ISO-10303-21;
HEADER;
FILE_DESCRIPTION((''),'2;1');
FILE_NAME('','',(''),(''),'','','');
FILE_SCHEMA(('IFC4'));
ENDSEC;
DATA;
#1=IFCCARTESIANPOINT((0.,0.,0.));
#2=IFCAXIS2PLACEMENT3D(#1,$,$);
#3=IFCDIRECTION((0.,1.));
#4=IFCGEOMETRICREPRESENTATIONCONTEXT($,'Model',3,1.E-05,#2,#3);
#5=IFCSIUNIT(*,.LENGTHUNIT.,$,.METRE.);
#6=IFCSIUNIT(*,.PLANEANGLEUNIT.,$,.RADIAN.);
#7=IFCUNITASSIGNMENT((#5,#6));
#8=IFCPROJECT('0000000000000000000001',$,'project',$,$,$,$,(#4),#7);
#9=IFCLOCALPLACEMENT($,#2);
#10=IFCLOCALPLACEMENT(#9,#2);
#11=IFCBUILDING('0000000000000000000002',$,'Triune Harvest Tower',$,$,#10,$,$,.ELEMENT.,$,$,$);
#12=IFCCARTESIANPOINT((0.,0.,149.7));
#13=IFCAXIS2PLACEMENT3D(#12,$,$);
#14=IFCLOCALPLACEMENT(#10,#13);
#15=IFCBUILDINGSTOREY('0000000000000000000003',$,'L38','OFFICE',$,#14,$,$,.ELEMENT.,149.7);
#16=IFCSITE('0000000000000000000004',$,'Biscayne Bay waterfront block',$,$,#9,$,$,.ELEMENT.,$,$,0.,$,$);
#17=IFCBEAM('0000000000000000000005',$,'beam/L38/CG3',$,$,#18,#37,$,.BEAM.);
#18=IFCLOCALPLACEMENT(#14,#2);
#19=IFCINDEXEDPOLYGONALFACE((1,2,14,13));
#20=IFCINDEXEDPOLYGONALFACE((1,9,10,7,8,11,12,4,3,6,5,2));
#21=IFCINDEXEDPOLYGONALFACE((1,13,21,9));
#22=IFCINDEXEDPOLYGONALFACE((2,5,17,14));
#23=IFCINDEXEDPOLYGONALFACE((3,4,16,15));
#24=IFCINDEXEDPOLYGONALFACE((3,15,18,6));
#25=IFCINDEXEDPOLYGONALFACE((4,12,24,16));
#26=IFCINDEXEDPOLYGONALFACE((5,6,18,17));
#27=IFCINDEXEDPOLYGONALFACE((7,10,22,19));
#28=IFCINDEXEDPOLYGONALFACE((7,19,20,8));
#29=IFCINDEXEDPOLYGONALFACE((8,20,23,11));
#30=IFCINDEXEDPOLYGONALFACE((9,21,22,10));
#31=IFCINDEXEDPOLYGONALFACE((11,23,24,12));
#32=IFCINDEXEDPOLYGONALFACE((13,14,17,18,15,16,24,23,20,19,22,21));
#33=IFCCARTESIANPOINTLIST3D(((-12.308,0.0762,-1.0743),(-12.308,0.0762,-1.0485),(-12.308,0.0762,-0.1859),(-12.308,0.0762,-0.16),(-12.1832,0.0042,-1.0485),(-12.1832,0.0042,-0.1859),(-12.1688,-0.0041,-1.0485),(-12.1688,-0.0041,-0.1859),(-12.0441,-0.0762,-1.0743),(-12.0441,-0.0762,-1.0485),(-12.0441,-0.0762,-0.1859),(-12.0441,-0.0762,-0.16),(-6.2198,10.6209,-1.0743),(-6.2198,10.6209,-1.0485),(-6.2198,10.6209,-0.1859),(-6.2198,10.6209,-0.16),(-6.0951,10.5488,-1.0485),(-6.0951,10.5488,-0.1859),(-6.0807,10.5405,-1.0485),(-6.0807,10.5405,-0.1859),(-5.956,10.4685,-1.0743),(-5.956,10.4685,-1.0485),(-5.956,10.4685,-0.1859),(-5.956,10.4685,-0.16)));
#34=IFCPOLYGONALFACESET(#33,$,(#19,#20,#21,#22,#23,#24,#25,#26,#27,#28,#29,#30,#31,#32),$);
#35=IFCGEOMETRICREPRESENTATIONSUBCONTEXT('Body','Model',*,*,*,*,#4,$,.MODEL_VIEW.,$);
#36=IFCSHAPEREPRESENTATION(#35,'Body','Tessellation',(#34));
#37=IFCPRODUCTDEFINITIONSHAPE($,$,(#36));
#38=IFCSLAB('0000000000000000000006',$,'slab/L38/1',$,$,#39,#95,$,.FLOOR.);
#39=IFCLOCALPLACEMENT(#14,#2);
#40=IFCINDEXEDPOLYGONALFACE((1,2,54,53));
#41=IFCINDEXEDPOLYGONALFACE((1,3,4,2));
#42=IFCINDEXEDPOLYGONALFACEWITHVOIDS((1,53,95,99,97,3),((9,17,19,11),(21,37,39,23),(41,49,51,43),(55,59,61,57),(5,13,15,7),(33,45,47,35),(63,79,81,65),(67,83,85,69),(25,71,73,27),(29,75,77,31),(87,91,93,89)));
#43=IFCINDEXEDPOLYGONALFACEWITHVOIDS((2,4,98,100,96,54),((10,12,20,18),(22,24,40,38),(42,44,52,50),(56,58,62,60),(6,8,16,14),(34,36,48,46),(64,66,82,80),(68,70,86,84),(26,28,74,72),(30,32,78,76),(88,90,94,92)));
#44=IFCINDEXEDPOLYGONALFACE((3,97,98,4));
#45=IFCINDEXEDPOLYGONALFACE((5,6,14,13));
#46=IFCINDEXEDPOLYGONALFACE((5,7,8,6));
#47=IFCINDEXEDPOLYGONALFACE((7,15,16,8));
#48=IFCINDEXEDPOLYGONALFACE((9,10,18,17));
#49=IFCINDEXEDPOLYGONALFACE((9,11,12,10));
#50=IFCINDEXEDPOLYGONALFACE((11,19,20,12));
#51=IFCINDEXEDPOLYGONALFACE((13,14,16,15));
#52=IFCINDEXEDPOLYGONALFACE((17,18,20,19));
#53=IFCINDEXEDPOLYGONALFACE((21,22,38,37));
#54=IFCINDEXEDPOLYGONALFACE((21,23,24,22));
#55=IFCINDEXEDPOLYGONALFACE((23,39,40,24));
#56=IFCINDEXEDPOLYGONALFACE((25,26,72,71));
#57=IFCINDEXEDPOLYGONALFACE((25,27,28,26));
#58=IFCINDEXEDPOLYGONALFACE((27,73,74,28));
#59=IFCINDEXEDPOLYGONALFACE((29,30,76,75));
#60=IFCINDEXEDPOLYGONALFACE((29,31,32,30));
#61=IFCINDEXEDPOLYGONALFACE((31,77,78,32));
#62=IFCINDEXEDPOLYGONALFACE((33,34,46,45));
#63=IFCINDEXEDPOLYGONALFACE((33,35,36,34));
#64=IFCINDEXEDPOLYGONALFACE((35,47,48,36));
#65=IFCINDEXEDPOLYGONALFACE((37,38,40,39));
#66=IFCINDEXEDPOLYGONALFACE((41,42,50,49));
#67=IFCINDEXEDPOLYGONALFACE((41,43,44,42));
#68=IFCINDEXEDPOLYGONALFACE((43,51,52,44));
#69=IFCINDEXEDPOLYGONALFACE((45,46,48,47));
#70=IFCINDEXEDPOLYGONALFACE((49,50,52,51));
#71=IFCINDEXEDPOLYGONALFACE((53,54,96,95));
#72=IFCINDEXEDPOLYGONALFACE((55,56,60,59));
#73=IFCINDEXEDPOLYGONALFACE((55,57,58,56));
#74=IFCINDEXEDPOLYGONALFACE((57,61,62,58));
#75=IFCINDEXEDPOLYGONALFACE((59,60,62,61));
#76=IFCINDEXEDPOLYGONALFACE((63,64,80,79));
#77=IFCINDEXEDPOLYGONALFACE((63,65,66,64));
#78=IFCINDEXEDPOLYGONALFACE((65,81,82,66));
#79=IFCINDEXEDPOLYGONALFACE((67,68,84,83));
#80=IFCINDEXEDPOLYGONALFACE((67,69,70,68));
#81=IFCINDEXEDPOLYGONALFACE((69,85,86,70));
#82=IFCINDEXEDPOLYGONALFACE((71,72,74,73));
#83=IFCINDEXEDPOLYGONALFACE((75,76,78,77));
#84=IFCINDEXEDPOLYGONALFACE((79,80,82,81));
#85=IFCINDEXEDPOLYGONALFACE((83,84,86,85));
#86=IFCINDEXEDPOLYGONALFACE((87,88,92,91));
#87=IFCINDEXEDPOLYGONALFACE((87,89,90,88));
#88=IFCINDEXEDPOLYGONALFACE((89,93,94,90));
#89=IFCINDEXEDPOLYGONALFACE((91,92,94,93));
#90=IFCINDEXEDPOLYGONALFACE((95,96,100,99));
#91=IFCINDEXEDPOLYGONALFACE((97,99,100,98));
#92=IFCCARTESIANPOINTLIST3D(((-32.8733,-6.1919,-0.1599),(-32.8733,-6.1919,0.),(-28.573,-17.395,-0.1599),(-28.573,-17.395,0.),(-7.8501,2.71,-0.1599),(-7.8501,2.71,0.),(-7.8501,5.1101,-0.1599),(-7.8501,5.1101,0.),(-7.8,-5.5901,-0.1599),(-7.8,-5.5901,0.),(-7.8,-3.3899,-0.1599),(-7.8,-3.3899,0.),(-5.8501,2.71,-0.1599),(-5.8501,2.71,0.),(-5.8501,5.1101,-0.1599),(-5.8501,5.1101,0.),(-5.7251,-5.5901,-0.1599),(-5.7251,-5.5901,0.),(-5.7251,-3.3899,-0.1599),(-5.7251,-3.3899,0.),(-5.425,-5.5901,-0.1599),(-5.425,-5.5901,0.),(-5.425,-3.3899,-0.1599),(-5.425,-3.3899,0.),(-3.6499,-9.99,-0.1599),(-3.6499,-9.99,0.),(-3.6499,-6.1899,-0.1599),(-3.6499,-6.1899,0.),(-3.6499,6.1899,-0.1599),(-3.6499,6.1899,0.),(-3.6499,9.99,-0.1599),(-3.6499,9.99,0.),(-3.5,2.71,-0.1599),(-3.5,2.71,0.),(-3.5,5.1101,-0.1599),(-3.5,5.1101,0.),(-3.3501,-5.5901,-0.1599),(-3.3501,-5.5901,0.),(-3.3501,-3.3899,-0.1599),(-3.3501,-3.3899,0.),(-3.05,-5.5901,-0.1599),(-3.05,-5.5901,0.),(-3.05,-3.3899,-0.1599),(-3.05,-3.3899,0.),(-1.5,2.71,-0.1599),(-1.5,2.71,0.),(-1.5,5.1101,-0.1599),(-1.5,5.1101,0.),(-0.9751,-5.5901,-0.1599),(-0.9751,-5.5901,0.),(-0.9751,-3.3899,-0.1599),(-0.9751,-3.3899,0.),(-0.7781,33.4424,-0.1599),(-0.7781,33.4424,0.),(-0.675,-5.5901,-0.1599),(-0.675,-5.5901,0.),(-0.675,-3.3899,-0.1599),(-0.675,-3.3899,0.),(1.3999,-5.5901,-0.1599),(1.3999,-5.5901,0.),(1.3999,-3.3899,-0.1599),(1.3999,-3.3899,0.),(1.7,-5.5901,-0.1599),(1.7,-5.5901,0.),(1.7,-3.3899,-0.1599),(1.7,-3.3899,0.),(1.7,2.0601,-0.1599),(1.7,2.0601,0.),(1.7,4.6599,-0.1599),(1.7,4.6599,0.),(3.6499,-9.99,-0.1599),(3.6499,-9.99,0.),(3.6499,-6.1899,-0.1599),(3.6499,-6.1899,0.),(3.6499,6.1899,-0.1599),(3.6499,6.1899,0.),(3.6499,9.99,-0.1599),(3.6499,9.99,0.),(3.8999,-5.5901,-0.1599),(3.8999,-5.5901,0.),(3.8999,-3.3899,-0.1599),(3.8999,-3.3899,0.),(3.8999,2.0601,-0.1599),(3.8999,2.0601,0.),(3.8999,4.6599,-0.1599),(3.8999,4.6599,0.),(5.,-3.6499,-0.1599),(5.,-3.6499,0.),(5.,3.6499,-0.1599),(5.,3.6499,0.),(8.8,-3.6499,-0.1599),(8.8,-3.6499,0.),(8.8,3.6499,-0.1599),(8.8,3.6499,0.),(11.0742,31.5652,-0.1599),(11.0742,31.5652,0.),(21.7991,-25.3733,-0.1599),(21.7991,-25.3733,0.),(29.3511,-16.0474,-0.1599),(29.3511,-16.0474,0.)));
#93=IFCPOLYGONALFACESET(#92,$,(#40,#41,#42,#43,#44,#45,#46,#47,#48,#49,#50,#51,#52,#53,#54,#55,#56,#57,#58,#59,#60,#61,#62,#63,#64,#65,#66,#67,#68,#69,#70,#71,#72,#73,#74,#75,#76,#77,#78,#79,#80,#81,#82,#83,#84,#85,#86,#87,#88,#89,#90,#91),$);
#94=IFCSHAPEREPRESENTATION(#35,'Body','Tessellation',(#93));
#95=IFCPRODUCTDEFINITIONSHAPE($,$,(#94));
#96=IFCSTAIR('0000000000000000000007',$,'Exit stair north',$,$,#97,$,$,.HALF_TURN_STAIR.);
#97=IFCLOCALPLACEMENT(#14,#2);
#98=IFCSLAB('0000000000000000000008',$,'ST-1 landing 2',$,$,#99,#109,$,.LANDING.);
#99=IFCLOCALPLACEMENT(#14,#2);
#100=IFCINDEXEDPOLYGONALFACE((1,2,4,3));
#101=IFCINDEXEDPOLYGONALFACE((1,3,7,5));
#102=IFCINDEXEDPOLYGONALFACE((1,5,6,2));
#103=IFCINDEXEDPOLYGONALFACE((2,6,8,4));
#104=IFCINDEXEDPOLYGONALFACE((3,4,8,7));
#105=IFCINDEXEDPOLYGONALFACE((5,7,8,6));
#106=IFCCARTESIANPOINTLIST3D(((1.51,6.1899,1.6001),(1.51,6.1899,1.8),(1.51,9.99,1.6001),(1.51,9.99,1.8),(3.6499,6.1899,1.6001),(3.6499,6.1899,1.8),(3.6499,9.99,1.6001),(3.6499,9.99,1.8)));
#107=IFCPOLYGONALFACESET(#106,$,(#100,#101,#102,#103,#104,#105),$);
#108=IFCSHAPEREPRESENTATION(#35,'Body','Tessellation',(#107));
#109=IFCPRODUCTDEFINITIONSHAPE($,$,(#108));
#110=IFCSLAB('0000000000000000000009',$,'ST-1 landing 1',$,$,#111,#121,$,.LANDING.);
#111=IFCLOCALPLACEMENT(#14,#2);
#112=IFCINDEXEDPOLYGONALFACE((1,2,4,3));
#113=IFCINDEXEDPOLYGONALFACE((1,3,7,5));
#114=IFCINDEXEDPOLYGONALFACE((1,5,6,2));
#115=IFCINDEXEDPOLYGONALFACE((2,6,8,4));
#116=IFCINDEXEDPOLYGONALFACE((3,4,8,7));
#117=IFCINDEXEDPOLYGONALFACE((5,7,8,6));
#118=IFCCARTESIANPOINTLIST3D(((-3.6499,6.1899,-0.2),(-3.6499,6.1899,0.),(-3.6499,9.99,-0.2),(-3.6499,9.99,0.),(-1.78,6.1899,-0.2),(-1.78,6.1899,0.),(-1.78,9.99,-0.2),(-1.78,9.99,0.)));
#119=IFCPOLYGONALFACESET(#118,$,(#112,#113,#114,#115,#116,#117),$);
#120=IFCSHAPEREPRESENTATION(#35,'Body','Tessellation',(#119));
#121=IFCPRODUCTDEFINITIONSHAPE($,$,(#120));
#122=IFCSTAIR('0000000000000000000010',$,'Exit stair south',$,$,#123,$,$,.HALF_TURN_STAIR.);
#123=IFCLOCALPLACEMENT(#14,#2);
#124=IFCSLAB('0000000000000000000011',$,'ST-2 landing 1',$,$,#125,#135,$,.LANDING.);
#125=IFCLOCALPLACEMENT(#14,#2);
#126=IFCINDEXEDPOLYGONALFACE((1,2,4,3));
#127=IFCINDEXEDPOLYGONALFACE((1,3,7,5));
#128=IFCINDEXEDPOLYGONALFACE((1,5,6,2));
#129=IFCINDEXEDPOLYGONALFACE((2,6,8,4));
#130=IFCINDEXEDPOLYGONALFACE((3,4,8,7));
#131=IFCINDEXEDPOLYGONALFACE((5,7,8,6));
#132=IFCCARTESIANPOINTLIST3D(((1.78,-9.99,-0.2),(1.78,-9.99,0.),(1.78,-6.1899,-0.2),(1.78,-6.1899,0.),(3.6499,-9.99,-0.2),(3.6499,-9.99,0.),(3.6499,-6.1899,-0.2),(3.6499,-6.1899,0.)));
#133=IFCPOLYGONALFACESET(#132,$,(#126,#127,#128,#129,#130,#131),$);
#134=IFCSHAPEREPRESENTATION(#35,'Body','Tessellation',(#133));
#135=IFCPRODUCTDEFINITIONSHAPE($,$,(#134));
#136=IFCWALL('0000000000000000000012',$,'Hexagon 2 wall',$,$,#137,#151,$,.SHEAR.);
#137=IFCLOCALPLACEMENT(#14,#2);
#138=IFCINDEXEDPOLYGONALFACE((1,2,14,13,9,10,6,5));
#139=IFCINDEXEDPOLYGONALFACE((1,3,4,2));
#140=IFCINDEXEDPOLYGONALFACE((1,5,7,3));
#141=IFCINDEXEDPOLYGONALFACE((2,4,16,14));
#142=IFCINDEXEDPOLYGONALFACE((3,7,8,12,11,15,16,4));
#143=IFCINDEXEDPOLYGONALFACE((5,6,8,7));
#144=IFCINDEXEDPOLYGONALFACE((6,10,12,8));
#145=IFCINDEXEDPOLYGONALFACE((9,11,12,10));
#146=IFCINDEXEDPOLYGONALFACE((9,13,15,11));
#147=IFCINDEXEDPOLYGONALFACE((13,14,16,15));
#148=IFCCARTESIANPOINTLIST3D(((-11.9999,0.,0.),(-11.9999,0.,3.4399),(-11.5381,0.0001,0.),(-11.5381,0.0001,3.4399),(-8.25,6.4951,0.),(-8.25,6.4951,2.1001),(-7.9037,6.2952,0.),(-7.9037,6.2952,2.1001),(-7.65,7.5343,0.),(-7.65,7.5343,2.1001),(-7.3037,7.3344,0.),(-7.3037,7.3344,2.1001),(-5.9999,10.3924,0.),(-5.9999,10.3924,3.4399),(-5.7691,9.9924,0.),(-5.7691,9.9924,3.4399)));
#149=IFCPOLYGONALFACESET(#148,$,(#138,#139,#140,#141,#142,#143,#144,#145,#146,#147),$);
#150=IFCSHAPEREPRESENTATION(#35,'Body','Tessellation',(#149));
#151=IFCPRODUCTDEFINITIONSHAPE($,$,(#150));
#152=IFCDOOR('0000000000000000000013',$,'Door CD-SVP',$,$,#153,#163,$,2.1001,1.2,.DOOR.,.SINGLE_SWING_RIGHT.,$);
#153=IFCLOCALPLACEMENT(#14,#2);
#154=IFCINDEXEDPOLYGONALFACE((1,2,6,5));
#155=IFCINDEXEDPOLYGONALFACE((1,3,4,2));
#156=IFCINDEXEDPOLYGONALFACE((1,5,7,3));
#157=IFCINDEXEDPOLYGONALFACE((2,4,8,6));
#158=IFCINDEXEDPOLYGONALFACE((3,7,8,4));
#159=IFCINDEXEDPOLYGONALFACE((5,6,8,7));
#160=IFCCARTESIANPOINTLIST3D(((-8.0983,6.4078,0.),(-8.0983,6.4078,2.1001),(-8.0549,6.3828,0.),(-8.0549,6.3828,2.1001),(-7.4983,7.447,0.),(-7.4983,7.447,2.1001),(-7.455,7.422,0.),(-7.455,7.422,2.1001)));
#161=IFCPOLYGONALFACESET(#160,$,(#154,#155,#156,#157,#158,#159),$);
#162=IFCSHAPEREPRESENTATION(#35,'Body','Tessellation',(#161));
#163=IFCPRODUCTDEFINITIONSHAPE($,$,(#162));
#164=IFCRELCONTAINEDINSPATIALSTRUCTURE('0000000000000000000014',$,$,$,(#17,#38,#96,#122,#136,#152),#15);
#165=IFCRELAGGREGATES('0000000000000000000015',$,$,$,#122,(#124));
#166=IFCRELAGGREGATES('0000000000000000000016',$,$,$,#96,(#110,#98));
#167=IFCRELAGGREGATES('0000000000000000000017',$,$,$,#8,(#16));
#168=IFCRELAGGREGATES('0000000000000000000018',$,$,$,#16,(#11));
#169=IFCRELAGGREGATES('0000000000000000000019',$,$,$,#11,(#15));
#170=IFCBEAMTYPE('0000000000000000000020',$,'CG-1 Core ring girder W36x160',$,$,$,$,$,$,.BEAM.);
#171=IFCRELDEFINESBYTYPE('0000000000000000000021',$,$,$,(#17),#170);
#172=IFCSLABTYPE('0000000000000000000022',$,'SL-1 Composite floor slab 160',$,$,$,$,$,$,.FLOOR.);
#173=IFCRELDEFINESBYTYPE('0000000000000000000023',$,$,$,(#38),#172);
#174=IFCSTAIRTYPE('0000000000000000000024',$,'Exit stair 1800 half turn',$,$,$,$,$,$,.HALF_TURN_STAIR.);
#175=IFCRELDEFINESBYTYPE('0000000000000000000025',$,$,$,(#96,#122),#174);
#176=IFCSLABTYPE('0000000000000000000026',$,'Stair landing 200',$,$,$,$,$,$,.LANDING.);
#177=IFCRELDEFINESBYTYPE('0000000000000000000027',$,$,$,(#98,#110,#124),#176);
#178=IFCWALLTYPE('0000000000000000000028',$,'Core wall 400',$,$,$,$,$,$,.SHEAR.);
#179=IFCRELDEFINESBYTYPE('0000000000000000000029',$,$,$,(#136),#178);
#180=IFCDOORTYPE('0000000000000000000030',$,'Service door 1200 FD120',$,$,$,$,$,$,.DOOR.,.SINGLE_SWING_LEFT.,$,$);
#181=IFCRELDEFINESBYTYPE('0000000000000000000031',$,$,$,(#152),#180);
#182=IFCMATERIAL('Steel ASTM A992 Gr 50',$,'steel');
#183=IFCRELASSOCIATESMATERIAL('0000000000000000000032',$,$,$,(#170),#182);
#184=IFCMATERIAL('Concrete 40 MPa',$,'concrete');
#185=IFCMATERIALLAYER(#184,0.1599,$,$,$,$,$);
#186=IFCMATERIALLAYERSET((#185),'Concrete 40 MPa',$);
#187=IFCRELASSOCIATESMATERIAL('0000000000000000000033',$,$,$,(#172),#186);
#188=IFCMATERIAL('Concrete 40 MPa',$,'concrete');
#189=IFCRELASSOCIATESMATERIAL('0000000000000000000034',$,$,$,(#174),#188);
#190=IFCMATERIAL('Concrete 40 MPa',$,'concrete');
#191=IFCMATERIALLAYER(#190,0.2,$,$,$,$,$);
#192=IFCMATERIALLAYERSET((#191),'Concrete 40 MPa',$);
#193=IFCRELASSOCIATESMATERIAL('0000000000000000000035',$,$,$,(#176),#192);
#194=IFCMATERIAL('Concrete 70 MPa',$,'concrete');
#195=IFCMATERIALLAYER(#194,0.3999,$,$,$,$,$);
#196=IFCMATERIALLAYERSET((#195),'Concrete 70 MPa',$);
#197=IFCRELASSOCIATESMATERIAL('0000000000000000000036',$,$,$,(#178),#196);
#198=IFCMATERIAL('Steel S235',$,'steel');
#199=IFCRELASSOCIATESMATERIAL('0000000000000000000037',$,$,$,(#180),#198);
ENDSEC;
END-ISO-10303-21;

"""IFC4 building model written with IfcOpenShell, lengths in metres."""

from ifc_helpers import new_model, si_unit, direction, frame, frame_2d, origin, origin_2d, place, context, subcontext, project, spatial, polyline, rectangle, i_section, outline, extrude, source, transform, mapped, material, layer, layer_set, material_profile, profile_set, type_object, element, fill, aggregate, save


model = new_model("IFC4")

# Units and contexts
model_context = context("Model", 3, precision=1e-05, world=origin(), true_north=direction((0.0, 1.0)))
body_context = subcontext(model_context, "Body", "Model", "MODEL_VIEW")
ifc_project = project(units=[si_unit("LENGTHUNIT", "METRE"), si_unit("PLANEANGLEUNIT", "RADIAN")], contexts=[model_context])

# Site, building, storey
site_placement = place(None, origin())
site = spatial("IfcSite", under=ifc_project, at=site_placement, Name="Biscayne Bay waterfront block", CompositionType="ELEMENT", RefElevation=0.0)
building_placement = place(site_placement, origin())
building = spatial("IfcBuilding", under=site, at=building_placement, Name="Triune Harvest Tower", CompositionType="ELEMENT")
storey_placement = place(building_placement, frame((0.0, 0.0, 149.7)))
storey = spatial("IfcBuildingStorey", under=building, at=storey_placement, Name="L38", Description="OFFICE", CompositionType="ELEMENT", Elevation=149.7)

# Beam
ifc_material_1 = material(Name="Steel ASTM A992 Gr 50", Category="steel")
ifc_material_profile = material_profile(ifc_material_1, i_section(OverallWidth=0.3047, OverallDepth=0.9143, WebThickness=0.0166, FlangeThickness=0.0259, at=origin_2d()), Name="W36x160")
ifc_profile_set = profile_set([ifc_material_profile], Name="Steel ASTM A992 Gr 50")
beam_type = type_object("IfcBeamType", Name="CG-1 Core ring girder W36x160", PredefinedType="BEAM", material=ifc_profile_set)
shared_shape_1 = source(origin(), body_context, "Body", "SweptSolid", [
    extrude(i_section(OverallWidth=0.3047, OverallDepth=0.9143, WebThickness=0.0166, FlangeThickness=0.0259, at=origin_2d()), origin(), (0.0, 0.0, 1.0), 12.176),
])
beam_placement = place(storey_placement, frame((-6.0879, 10.5447, -0.6172), z_axis=(-0.50001, -0.86602, 0.0), x_axis=(0.86602, -0.50001, 0.0)))
element("IfcBeam", 1, at=beam_placement, inside=storey, type_object=beam_type, Name="beam/L38/CG3", PredefinedType="BEAM", context=body_context, shape_type="MappedRepresentation", body=[
    mapped(shared_shape_1, transform((0.0, 0.0, 0.0), scale=1.0)),
])

# Slab
ifc_material_2 = material(Name="Concrete 40 MPa", Category="concrete")
ifc_layer_1 = layer(ifc_material_2, 0.1599)
ifc_layer_set_1 = layer_set([ifc_layer_1], Name="Concrete 40 MPa")
slab_type_1 = type_object("IfcSlabType", Name="SL-1 Composite floor slab 160", PredefinedType="FLOOR", material=ifc_layer_set_1)
shared_shape_2 = source(origin(), body_context, "Body", "SweptSolid", [
    extrude(outline(polyline([(29.3511, -16.0474), (11.0742, 31.5652), (-0.7781, 33.4424), (-32.8733, -6.1919), (-28.573, -17.395), (21.7991, -25.3733), (29.3511, -16.0474)]), holes=[polyline([(-5.7251, -5.5901), (-5.7251, -3.3899), (-7.8, -3.3899), (-7.8, -5.5901), (-5.7251, -5.5901)]), polyline([(-3.3501, -5.5901), (-3.3501, -3.3899), (-5.425, -3.3899), (-5.425, -5.5901), (-3.3501, -5.5901)]), polyline([(-0.9751, -5.5901), (-0.9751, -3.3899), (-3.05, -3.3899), (-3.05, -5.5901), (-0.9751, -5.5901)]), polyline([(1.3999, -5.5901), (1.3999, -3.3899), (-0.675, -3.3899), (-0.675, -5.5901), (1.3999, -5.5901)]), polyline([(3.8999, 2.0601), (3.8999, 4.6599), (1.7, 4.6599), (1.7, 2.0601), (3.8999, 2.0601)]), polyline([(3.8999, -5.5901), (3.8999, -3.3899), (1.7, -3.3899), (1.7, -5.5901), (3.8999, -5.5901)]), polyline([(-5.8501, 2.71), (-5.8501, 5.1101), (-7.8501, 5.1101), (-7.8501, 2.71), (-5.8501, 2.71)]), polyline([(-1.5, 2.71), (-1.5, 5.1101), (-3.5, 5.1101), (-3.5, 2.71), (-1.5, 2.71)]), polyline([(3.6499, 6.1899), (3.6499, 9.99), (-3.6499, 9.99), (-3.6499, 6.1899), (3.6499, 6.1899)]), polyline([(3.6499, -9.99), (3.6499, -6.1899), (-3.6499, -6.1899), (-3.6499, -9.99), (3.6499, -9.99)]), polyline([(8.8, -3.6499), (8.8, 3.6499), (5.0, 3.6499), (5.0, -3.6499), (8.8, -3.6499)])]), origin(), (0.0, 0.0, 1.0), 0.1599),
])
slab_1_placement = place(storey_placement, frame((0.0, 0.0, -0.1599)))
element("IfcSlab", 2, at=slab_1_placement, inside=storey, type_object=slab_type_1, Name="slab/L38/1", PredefinedType="FLOOR", context=body_context, shape_type="MappedRepresentation", body=[
    mapped(shared_shape_2, transform((0.0, 0.0, 0.0), scale=1.0)),
])

# Stair, slabs
ifc_material_3 = material(Name="Concrete 40 MPa", Category="concrete")
stair_type = type_object("IfcStairType", Name="Exit stair 1800 half turn", PredefinedType="HALF_TURN_STAIR", material=ifc_material_3)
stair_1_placement = place(storey_placement, origin())
stair_1 = element("IfcStair", 3, at=stair_1_placement, inside=storey, type_object=stair_type, Name="Exit stair north", PredefinedType="HALF_TURN_STAIR")
ifc_material_4 = material(Name="Concrete 40 MPa", Category="concrete")
ifc_layer_2 = layer(ifc_material_4, 0.2)
ifc_layer_set_2 = layer_set([ifc_layer_2], Name="Concrete 40 MPa")
slab_type_2 = type_object("IfcSlabType", Name="Stair landing 200", PredefinedType="LANDING", material=ifc_layer_set_2)
shared_shape_3 = source(origin(), body_context, "Body", "SweptSolid", [
    extrude(outline(polyline([(1.51, 6.1899), (3.6499, 6.1899), (3.6499, 9.99), (1.51, 9.99), (1.51, 6.1899)])), origin(), (0.0, 0.0, 1.0), 0.2),
])
slab_2_placement = place(storey_placement, frame((0.0, 0.0, 1.6001)))
slab_2 = element("IfcSlab", 4, at=slab_2_placement, type_object=slab_type_2, Name="ST-1 landing 2", PredefinedType="LANDING", context=body_context, shape_type="MappedRepresentation", body=[
    mapped(shared_shape_3, transform((0.0, 0.0, 0.0), scale=1.0)),
])
shared_shape_4 = source(origin(), body_context, "Body", "SweptSolid", [
    extrude(outline(polyline([(-3.6499, 6.1899), (-1.78, 6.1899), (-1.78, 9.99), (-3.6499, 9.99), (-3.6499, 6.1899)])), origin(), (0.0, 0.0, 1.0), 0.2),
])
slab_3_placement = place(storey_placement, frame((0.0, 0.0, -0.2)))
slab_3 = element("IfcSlab", 5, at=slab_3_placement, type_object=slab_type_2, Name="ST-1 landing 1", PredefinedType="LANDING", context=body_context, shape_type="MappedRepresentation", body=[
    mapped(shared_shape_4, transform((0.0, 0.0, 0.0), scale=1.0)),
])

# Stair, slab
stair_2_placement = place(storey_placement, origin())
stair_2 = element("IfcStair", 6, at=stair_2_placement, inside=storey, type_object=stair_type, Name="Exit stair south", PredefinedType="HALF_TURN_STAIR")
shared_shape_5 = source(origin(), body_context, "Body", "SweptSolid", [
    extrude(outline(polyline([(3.6499, -6.1899), (1.78, -6.1899), (1.78, -9.99), (3.6499, -9.99), (3.6499, -6.1899)])), origin(), (0.0, 0.0, 1.0), 0.2),
])
slab_4_placement = place(storey_placement, frame((0.0, 0.0, -0.2)))
slab_4 = element("IfcSlab", 7, at=slab_4_placement, type_object=slab_type_2, Name="ST-2 landing 1", PredefinedType="LANDING", context=body_context, shape_type="MappedRepresentation", body=[
    mapped(shared_shape_5, transform((0.0, 0.0, 0.0), scale=1.0)),
])
aggregate(stair_2, [slab_4])

# Wall, opening, door
ifc_material_5 = material(Name="Concrete 70 MPa", Category="concrete")
ifc_layer_3 = layer(ifc_material_5, 0.3999)
ifc_layer_set_3 = layer_set([ifc_layer_3], Name="Concrete 70 MPa")
wall_type_1 = type_object("IfcWallType", Name="Core wall 400", PredefinedType="SHEAR", material=ifc_layer_set_3)
shared_shape_6 = source(origin(), body_context, "Body", "SweptSolid", [
    extrude(outline(polyline([(-0.1155, -0.2), (11.8845, -0.2), (11.6536, 0.2), (0.1155, 0.2), (-0.1155, -0.2)])), origin(), (0.0, 0.0, 1.0), 3.4399),
])
wall_1_placement = place(storey_placement, frame((-5.8845, 10.1924, 0.0), z_axis=(0.0, 0.0, 1.0), x_axis=(-0.499997, -0.866027, 0.0)))
wall_1 = element("IfcWall", 8, at=wall_1_placement, inside=storey, type_object=wall_type_1, Name="Hexagon 2 wall", PredefinedType="SHEAR", context=body_context, shape_type="MappedRepresentation", body=[
    mapped(shared_shape_6, transform((0.0, 0.0, 0.0), scale=1.0)),
])
opening_1_placement = place(wall_1_placement, frame((3.1846, 0.0, 0.0)))
opening_1 = element("IfcOpeningElement", 9, at=opening_1_placement, cuts=wall_1, PredefinedType="OPENING", context=body_context, shape_type="SweptSolid", body=[
    extrude(rectangle(XDim=1.2, YDim=2.1001, at=frame_2d((0.6001, 1.05))), frame((0.0, 0.21, 0.0), z_axis=(0.0, -1.0, 0.0), x_axis=(1.0, 0.0, 0.0)), (0.0, 0.0, 1.0), 0.4199),
])
ifc_material_6 = material(Name="Steel S235", Category="steel")
door_type_1 = type_object("IfcDoorType", Name="Service door 1200 FD120", OperationType="SINGLE_SWING_LEFT", PredefinedType="DOOR", material=ifc_material_6)
door_1_placement = place(opening_1_placement, frame((1.2, 0.0, 0.0), z_axis=(0.0, 0.0, 1.0), x_axis=(-1.0, 0.0, 0.0)))
door_1 = element("IfcDoor", 10, at=door_1_placement, inside=storey, type_object=door_type_1, Name="Door CD-SVP", OperationType="SINGLE_SWING_RIGHT", OverallHeight=2.1001, OverallWidth=1.2, PredefinedType="DOOR", context=body_context, shape_type="SweptSolid", body=[
    extrude(rectangle(XDim=1.2, YDim=2.1001, at=frame_2d((0.6001, 1.05))), frame((0.0, 0.0249, 0.0), z_axis=(0.0, -1.0, 0.0), x_axis=(1.0, 0.0, 0.0)), (0.0, 0.0, 1.0), 0.05),
])
fill(opening_1, door_1)

aggregate(stair_1, [slab_3, slab_2])

save(model, "model.ifc")
